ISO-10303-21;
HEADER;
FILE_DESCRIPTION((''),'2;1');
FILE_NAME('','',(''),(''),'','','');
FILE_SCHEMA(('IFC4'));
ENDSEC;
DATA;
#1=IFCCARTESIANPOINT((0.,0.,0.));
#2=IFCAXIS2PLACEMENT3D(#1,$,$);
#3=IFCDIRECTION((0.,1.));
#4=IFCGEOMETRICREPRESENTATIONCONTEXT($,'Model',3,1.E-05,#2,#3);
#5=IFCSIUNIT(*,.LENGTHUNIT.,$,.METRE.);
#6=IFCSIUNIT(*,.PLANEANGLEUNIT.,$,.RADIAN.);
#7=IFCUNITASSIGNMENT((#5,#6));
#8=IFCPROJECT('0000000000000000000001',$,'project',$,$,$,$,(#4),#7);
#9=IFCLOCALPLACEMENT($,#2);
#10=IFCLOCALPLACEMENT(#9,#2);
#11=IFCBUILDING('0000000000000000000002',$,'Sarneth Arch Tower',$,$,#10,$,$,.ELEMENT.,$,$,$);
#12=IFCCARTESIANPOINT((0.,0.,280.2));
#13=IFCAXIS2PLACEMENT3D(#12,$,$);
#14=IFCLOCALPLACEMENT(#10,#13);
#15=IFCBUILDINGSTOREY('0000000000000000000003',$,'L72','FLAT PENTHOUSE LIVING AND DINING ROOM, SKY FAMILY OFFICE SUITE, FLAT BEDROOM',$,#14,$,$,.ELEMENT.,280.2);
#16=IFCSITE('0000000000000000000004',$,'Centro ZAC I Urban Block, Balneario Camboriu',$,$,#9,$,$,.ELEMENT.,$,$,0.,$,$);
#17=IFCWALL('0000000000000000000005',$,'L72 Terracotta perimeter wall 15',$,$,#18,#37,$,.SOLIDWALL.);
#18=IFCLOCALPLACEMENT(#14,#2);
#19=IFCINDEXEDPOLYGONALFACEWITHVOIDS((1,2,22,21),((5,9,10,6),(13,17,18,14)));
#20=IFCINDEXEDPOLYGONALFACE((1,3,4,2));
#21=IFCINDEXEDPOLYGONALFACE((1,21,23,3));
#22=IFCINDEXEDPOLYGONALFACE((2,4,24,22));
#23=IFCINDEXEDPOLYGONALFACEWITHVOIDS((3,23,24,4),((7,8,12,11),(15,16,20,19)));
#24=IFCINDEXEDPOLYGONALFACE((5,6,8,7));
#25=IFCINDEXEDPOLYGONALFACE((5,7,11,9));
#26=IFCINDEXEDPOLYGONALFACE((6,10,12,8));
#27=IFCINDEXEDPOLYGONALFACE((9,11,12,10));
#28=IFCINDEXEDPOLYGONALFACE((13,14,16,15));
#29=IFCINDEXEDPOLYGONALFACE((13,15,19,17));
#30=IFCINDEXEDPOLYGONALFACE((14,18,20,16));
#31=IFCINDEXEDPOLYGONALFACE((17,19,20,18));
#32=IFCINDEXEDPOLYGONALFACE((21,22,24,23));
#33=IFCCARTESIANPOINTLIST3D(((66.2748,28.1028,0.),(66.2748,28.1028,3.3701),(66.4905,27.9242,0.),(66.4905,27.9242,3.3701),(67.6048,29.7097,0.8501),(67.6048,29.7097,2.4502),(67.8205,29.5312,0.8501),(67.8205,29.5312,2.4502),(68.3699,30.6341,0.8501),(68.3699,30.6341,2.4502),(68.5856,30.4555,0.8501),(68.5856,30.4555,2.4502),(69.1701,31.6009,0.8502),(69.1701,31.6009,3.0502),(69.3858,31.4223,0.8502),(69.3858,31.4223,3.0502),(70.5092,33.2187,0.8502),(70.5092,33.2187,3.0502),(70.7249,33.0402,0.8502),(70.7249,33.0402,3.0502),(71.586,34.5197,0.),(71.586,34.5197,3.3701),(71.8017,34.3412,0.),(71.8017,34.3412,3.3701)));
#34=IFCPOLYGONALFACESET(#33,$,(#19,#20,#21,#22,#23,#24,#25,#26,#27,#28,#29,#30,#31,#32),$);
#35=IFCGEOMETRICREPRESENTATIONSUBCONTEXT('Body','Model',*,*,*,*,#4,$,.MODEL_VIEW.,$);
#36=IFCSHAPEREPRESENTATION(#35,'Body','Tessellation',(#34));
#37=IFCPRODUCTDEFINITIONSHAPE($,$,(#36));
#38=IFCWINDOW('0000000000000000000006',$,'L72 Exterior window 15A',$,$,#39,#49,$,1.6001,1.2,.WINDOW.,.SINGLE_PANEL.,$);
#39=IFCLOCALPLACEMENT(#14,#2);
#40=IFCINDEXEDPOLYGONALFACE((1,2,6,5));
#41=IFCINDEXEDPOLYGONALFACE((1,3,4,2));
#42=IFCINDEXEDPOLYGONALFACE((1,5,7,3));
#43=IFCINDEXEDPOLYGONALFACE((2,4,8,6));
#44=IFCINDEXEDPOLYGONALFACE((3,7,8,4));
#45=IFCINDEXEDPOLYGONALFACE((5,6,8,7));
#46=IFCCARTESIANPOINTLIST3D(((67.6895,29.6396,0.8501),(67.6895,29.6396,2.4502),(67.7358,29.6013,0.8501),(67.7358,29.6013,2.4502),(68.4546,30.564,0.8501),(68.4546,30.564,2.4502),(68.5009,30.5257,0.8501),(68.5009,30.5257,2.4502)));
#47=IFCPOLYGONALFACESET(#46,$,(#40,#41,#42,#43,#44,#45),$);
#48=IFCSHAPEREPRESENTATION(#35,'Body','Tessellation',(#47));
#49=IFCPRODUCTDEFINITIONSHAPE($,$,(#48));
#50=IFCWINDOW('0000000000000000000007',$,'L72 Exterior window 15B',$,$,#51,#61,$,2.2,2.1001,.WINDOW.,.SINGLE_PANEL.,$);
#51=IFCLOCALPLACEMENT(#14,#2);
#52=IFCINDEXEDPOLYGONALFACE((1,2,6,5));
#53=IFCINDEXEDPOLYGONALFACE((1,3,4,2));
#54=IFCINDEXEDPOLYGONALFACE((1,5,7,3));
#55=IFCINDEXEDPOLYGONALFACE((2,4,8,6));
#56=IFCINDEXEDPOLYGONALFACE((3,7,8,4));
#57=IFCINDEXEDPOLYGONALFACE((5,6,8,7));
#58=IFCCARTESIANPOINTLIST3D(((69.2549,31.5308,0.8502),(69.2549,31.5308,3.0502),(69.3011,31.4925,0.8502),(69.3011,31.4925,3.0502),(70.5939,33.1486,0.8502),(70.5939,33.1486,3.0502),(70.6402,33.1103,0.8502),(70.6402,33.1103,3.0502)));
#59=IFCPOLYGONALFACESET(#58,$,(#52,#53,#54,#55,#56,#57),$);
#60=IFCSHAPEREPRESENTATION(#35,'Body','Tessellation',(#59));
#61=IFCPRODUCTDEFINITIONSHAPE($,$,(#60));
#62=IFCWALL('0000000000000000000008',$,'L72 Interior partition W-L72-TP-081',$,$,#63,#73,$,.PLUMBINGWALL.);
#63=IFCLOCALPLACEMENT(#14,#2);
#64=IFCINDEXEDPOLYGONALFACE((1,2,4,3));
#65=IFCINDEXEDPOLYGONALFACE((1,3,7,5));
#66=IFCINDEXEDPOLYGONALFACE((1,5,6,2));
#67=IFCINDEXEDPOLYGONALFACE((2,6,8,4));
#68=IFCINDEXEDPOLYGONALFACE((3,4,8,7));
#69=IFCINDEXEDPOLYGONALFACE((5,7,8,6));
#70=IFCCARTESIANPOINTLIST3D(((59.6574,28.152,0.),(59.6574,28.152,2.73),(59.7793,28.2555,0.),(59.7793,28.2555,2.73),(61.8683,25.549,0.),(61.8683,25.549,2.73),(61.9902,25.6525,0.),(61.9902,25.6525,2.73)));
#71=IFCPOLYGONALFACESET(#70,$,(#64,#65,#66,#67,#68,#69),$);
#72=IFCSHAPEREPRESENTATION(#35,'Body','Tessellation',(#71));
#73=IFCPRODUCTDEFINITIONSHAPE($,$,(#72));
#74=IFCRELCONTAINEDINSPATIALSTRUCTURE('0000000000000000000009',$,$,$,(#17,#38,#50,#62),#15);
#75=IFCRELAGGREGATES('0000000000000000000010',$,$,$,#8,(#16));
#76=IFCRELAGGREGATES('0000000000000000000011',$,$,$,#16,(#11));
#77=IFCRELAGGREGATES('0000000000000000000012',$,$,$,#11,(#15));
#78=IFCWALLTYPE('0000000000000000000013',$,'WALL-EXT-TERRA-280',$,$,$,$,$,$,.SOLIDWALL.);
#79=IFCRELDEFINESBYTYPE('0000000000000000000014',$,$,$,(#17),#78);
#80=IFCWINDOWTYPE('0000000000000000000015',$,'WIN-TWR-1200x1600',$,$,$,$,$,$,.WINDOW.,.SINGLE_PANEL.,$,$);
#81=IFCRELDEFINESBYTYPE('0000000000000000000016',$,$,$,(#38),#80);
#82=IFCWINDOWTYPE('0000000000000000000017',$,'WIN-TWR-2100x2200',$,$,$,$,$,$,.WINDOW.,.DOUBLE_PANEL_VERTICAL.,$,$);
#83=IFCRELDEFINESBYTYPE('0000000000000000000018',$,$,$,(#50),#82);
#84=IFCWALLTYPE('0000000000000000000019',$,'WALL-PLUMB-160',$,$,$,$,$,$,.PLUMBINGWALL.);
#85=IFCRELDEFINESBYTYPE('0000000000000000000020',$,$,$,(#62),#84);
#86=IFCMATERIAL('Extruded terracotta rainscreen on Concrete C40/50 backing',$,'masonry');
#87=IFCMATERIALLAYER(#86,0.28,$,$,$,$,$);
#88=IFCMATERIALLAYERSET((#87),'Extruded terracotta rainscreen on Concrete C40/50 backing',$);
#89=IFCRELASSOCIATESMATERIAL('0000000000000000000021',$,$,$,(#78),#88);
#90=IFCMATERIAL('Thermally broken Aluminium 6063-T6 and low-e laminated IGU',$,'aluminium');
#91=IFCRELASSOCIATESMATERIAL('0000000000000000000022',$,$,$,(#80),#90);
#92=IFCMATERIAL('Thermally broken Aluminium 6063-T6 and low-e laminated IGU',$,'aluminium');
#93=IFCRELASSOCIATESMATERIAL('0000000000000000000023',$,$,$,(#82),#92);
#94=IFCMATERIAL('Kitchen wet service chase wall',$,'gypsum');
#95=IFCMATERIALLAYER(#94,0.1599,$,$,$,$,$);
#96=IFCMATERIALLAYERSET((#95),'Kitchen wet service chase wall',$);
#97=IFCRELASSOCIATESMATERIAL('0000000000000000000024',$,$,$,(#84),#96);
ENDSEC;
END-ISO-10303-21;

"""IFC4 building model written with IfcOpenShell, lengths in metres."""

from ifc_helpers import new_model, si_unit, direction, frame, frame_2d, origin, place, context, subcontext, project, spatial, rectangle, extrude, material, layer, layer_set, type_object, element, fill, save


model = new_model("IFC4")

# Units and contexts
model_context = context("Model", 3, precision=1e-05, world=origin(), true_north=direction((0.0, 1.0)))
body_context = subcontext(model_context, "Body", "Model", "MODEL_VIEW")
ifc_project = project(units=[si_unit("LENGTHUNIT", "METRE"), si_unit("PLANEANGLEUNIT", "RADIAN")], contexts=[model_context])

# Site, building, storey
site_placement = place(None, origin())
site = spatial("IfcSite", under=ifc_project, at=site_placement, Name="Centro ZAC I Urban Block, Balneario Camboriu", CompositionType="ELEMENT", RefElevation=0.0)
building_placement = place(site_placement, origin())
building = spatial("IfcBuilding", under=site, at=building_placement, Name="Sarneth Arch Tower", CompositionType="ELEMENT")
storey_placement = place(building_placement, frame((0.0, 0.0, 280.2)))
storey = spatial("IfcBuildingStorey", under=building, at=storey_placement, Name="L72", Description="FLAT PENTHOUSE LIVING AND DINING ROOM, SKY FAMILY OFFICE SUITE, FLAT BEDROOM", CompositionType="ELEMENT", Elevation=280.2)

# Wall, openings, windows
ifc_material_1 = material(Name="Extruded terracotta rainscreen on Concrete C40/50 backing", Category="masonry")
ifc_layer_1 = layer(ifc_material_1, 0.28)
ifc_layer_set_1 = layer_set([ifc_layer_1], Name="Extruded terracotta rainscreen on Concrete C40/50 backing")
wall_type_1 = type_object("IfcWallType", Name="WALL-EXT-TERRA-280", PredefinedType="SOLIDWALL", material=ifc_layer_set_1)
wall_1_placement = place(storey_placement, frame((66.3826, 28.0134, 0.0), z_axis=(0.0, 0.0, 1.0), x_axis=(0.637615, 0.770355, 0.0)))
wall_1 = element("IfcWall", 1, at=wall_1_placement, inside=storey, type_object=wall_type_1, Name="L72 Terracotta perimeter wall 15", PredefinedType="SOLIDWALL", context=body_context, shape_type="SweptSolid", body=[
    extrude(rectangle(XDim=8.3298, YDim=0.28, at=frame_2d((4.165, 0.0))), origin(), (0.0, 0.0, 1.0), 3.3701),
])
opening_1_placement = place(wall_1_placement, frame((2.0859, 0.0, 0.8501)))
opening_1 = element("IfcOpeningElement", 2, at=opening_1_placement, cuts=wall_1, PredefinedType="OPENING", context=body_context, shape_type="SweptSolid", body=[
    extrude(rectangle(XDim=1.2, YDim=1.6001, at=frame_2d((0.6001, 0.8))), frame((0.0, 0.1499, 0.0), z_axis=(0.0, -1.0, 0.0), x_axis=(1.0, 0.0, 0.0)), (0.0, 0.0, 1.0), 0.3),
])
opening_2_placement = place(wall_1_placement, frame((4.541, 0.0, 0.8501)))
opening_2 = element("IfcOpeningElement", 3, at=opening_2_placement, cuts=wall_1, PredefinedType="OPENING", context=body_context, shape_type="SweptSolid", body=[
    extrude(rectangle(XDim=2.1001, YDim=2.2, at=frame_2d((1.05, 1.1001))), frame((0.0, 0.1499, 0.0), z_axis=(0.0, -1.0, 0.0), x_axis=(1.0, 0.0, 0.0)), (0.0, 0.0, 1.0), 0.3),
])
ifc_material_2 = material(Name="Thermally broken Aluminium 6063-T6 and low-e laminated IGU", Category="aluminium")
window_type_1 = type_object("IfcWindowType", Name="WIN-TWR-1200x1600", PartitioningType="SINGLE_PANEL", PredefinedType="WINDOW", material=ifc_material_2)
window_1_placement = place(opening_1_placement, origin())
window_1 = element("IfcWindow", 4, at=window_1_placement, inside=storey, type_object=window_type_1, Name="L72 Exterior window 15A", OverallHeight=1.6001, OverallWidth=1.2, PartitioningType="SINGLE_PANEL", PredefinedType="WINDOW", context=body_context, shape_type="SweptSolid", body=[
    extrude(rectangle(XDim=1.2, YDim=1.6001, at=frame_2d((0.6001, 0.8))), frame((0.0, 0.03, 0.0), z_axis=(0.0, -1.0, 0.0), x_axis=(1.0, 0.0, 0.0)), (0.0, 0.0, 1.0), 0.0601),
])
fill(opening_1, window_1)
ifc_material_3 = material(Name="Thermally broken Aluminium 6063-T6 and low-e laminated IGU", Category="aluminium")
window_type_2 = type_object("IfcWindowType", Name="WIN-TWR-2100x2200", PartitioningType="DOUBLE_PANEL_VERTICAL", PredefinedType="WINDOW", material=ifc_material_3)
window_2_placement = place(opening_2_placement, origin())
window_2 = element("IfcWindow", 5, at=window_2_placement, inside=storey, type_object=window_type_2, Name="L72 Exterior window 15B", OverallHeight=2.2, OverallWidth=2.1001, PartitioningType="SINGLE_PANEL", PredefinedType="WINDOW", context=body_context, shape_type="SweptSolid", body=[
    extrude(rectangle(XDim=2.1001, YDim=2.2, at=frame_2d((1.05, 1.1001))), frame((0.0, 0.03, 0.0), z_axis=(0.0, -1.0, 0.0), x_axis=(1.0, 0.0, 0.0)), (0.0, 0.0, 1.0), 0.0601),
])
fill(opening_2, window_2)

# Wall
ifc_material_4 = material(Name="Kitchen wet service chase wall", Category="gypsum")
ifc_layer_2 = layer(ifc_material_4, 0.1599)
ifc_layer_set_2 = layer_set([ifc_layer_2], Name="Kitchen wet service chase wall")
wall_type_2 = type_object("IfcWallType", Name="WALL-PLUMB-160", PredefinedType="PLUMBINGWALL", material=ifc_layer_set_2)
wall_2_placement = place(storey_placement, frame((61.9292, 25.6008, 0.0), z_axis=(0.0, 0.0, 1.0), x_axis=(-0.64737, 0.762176, 0.0)))
element("IfcWall", 6, at=wall_2_placement, inside=storey, type_object=wall_type_2, Name="L72 Interior partition W-L72-TP-081", PredefinedType="PLUMBINGWALL", context=body_context, shape_type="SweptSolid", body=[
    extrude(rectangle(XDim=3.4153, YDim=0.1599, at=frame_2d((1.7075, 0.0))), origin(), (0.0, 0.0, 1.0), 2.73),
])

save(model, "model.ifc")
